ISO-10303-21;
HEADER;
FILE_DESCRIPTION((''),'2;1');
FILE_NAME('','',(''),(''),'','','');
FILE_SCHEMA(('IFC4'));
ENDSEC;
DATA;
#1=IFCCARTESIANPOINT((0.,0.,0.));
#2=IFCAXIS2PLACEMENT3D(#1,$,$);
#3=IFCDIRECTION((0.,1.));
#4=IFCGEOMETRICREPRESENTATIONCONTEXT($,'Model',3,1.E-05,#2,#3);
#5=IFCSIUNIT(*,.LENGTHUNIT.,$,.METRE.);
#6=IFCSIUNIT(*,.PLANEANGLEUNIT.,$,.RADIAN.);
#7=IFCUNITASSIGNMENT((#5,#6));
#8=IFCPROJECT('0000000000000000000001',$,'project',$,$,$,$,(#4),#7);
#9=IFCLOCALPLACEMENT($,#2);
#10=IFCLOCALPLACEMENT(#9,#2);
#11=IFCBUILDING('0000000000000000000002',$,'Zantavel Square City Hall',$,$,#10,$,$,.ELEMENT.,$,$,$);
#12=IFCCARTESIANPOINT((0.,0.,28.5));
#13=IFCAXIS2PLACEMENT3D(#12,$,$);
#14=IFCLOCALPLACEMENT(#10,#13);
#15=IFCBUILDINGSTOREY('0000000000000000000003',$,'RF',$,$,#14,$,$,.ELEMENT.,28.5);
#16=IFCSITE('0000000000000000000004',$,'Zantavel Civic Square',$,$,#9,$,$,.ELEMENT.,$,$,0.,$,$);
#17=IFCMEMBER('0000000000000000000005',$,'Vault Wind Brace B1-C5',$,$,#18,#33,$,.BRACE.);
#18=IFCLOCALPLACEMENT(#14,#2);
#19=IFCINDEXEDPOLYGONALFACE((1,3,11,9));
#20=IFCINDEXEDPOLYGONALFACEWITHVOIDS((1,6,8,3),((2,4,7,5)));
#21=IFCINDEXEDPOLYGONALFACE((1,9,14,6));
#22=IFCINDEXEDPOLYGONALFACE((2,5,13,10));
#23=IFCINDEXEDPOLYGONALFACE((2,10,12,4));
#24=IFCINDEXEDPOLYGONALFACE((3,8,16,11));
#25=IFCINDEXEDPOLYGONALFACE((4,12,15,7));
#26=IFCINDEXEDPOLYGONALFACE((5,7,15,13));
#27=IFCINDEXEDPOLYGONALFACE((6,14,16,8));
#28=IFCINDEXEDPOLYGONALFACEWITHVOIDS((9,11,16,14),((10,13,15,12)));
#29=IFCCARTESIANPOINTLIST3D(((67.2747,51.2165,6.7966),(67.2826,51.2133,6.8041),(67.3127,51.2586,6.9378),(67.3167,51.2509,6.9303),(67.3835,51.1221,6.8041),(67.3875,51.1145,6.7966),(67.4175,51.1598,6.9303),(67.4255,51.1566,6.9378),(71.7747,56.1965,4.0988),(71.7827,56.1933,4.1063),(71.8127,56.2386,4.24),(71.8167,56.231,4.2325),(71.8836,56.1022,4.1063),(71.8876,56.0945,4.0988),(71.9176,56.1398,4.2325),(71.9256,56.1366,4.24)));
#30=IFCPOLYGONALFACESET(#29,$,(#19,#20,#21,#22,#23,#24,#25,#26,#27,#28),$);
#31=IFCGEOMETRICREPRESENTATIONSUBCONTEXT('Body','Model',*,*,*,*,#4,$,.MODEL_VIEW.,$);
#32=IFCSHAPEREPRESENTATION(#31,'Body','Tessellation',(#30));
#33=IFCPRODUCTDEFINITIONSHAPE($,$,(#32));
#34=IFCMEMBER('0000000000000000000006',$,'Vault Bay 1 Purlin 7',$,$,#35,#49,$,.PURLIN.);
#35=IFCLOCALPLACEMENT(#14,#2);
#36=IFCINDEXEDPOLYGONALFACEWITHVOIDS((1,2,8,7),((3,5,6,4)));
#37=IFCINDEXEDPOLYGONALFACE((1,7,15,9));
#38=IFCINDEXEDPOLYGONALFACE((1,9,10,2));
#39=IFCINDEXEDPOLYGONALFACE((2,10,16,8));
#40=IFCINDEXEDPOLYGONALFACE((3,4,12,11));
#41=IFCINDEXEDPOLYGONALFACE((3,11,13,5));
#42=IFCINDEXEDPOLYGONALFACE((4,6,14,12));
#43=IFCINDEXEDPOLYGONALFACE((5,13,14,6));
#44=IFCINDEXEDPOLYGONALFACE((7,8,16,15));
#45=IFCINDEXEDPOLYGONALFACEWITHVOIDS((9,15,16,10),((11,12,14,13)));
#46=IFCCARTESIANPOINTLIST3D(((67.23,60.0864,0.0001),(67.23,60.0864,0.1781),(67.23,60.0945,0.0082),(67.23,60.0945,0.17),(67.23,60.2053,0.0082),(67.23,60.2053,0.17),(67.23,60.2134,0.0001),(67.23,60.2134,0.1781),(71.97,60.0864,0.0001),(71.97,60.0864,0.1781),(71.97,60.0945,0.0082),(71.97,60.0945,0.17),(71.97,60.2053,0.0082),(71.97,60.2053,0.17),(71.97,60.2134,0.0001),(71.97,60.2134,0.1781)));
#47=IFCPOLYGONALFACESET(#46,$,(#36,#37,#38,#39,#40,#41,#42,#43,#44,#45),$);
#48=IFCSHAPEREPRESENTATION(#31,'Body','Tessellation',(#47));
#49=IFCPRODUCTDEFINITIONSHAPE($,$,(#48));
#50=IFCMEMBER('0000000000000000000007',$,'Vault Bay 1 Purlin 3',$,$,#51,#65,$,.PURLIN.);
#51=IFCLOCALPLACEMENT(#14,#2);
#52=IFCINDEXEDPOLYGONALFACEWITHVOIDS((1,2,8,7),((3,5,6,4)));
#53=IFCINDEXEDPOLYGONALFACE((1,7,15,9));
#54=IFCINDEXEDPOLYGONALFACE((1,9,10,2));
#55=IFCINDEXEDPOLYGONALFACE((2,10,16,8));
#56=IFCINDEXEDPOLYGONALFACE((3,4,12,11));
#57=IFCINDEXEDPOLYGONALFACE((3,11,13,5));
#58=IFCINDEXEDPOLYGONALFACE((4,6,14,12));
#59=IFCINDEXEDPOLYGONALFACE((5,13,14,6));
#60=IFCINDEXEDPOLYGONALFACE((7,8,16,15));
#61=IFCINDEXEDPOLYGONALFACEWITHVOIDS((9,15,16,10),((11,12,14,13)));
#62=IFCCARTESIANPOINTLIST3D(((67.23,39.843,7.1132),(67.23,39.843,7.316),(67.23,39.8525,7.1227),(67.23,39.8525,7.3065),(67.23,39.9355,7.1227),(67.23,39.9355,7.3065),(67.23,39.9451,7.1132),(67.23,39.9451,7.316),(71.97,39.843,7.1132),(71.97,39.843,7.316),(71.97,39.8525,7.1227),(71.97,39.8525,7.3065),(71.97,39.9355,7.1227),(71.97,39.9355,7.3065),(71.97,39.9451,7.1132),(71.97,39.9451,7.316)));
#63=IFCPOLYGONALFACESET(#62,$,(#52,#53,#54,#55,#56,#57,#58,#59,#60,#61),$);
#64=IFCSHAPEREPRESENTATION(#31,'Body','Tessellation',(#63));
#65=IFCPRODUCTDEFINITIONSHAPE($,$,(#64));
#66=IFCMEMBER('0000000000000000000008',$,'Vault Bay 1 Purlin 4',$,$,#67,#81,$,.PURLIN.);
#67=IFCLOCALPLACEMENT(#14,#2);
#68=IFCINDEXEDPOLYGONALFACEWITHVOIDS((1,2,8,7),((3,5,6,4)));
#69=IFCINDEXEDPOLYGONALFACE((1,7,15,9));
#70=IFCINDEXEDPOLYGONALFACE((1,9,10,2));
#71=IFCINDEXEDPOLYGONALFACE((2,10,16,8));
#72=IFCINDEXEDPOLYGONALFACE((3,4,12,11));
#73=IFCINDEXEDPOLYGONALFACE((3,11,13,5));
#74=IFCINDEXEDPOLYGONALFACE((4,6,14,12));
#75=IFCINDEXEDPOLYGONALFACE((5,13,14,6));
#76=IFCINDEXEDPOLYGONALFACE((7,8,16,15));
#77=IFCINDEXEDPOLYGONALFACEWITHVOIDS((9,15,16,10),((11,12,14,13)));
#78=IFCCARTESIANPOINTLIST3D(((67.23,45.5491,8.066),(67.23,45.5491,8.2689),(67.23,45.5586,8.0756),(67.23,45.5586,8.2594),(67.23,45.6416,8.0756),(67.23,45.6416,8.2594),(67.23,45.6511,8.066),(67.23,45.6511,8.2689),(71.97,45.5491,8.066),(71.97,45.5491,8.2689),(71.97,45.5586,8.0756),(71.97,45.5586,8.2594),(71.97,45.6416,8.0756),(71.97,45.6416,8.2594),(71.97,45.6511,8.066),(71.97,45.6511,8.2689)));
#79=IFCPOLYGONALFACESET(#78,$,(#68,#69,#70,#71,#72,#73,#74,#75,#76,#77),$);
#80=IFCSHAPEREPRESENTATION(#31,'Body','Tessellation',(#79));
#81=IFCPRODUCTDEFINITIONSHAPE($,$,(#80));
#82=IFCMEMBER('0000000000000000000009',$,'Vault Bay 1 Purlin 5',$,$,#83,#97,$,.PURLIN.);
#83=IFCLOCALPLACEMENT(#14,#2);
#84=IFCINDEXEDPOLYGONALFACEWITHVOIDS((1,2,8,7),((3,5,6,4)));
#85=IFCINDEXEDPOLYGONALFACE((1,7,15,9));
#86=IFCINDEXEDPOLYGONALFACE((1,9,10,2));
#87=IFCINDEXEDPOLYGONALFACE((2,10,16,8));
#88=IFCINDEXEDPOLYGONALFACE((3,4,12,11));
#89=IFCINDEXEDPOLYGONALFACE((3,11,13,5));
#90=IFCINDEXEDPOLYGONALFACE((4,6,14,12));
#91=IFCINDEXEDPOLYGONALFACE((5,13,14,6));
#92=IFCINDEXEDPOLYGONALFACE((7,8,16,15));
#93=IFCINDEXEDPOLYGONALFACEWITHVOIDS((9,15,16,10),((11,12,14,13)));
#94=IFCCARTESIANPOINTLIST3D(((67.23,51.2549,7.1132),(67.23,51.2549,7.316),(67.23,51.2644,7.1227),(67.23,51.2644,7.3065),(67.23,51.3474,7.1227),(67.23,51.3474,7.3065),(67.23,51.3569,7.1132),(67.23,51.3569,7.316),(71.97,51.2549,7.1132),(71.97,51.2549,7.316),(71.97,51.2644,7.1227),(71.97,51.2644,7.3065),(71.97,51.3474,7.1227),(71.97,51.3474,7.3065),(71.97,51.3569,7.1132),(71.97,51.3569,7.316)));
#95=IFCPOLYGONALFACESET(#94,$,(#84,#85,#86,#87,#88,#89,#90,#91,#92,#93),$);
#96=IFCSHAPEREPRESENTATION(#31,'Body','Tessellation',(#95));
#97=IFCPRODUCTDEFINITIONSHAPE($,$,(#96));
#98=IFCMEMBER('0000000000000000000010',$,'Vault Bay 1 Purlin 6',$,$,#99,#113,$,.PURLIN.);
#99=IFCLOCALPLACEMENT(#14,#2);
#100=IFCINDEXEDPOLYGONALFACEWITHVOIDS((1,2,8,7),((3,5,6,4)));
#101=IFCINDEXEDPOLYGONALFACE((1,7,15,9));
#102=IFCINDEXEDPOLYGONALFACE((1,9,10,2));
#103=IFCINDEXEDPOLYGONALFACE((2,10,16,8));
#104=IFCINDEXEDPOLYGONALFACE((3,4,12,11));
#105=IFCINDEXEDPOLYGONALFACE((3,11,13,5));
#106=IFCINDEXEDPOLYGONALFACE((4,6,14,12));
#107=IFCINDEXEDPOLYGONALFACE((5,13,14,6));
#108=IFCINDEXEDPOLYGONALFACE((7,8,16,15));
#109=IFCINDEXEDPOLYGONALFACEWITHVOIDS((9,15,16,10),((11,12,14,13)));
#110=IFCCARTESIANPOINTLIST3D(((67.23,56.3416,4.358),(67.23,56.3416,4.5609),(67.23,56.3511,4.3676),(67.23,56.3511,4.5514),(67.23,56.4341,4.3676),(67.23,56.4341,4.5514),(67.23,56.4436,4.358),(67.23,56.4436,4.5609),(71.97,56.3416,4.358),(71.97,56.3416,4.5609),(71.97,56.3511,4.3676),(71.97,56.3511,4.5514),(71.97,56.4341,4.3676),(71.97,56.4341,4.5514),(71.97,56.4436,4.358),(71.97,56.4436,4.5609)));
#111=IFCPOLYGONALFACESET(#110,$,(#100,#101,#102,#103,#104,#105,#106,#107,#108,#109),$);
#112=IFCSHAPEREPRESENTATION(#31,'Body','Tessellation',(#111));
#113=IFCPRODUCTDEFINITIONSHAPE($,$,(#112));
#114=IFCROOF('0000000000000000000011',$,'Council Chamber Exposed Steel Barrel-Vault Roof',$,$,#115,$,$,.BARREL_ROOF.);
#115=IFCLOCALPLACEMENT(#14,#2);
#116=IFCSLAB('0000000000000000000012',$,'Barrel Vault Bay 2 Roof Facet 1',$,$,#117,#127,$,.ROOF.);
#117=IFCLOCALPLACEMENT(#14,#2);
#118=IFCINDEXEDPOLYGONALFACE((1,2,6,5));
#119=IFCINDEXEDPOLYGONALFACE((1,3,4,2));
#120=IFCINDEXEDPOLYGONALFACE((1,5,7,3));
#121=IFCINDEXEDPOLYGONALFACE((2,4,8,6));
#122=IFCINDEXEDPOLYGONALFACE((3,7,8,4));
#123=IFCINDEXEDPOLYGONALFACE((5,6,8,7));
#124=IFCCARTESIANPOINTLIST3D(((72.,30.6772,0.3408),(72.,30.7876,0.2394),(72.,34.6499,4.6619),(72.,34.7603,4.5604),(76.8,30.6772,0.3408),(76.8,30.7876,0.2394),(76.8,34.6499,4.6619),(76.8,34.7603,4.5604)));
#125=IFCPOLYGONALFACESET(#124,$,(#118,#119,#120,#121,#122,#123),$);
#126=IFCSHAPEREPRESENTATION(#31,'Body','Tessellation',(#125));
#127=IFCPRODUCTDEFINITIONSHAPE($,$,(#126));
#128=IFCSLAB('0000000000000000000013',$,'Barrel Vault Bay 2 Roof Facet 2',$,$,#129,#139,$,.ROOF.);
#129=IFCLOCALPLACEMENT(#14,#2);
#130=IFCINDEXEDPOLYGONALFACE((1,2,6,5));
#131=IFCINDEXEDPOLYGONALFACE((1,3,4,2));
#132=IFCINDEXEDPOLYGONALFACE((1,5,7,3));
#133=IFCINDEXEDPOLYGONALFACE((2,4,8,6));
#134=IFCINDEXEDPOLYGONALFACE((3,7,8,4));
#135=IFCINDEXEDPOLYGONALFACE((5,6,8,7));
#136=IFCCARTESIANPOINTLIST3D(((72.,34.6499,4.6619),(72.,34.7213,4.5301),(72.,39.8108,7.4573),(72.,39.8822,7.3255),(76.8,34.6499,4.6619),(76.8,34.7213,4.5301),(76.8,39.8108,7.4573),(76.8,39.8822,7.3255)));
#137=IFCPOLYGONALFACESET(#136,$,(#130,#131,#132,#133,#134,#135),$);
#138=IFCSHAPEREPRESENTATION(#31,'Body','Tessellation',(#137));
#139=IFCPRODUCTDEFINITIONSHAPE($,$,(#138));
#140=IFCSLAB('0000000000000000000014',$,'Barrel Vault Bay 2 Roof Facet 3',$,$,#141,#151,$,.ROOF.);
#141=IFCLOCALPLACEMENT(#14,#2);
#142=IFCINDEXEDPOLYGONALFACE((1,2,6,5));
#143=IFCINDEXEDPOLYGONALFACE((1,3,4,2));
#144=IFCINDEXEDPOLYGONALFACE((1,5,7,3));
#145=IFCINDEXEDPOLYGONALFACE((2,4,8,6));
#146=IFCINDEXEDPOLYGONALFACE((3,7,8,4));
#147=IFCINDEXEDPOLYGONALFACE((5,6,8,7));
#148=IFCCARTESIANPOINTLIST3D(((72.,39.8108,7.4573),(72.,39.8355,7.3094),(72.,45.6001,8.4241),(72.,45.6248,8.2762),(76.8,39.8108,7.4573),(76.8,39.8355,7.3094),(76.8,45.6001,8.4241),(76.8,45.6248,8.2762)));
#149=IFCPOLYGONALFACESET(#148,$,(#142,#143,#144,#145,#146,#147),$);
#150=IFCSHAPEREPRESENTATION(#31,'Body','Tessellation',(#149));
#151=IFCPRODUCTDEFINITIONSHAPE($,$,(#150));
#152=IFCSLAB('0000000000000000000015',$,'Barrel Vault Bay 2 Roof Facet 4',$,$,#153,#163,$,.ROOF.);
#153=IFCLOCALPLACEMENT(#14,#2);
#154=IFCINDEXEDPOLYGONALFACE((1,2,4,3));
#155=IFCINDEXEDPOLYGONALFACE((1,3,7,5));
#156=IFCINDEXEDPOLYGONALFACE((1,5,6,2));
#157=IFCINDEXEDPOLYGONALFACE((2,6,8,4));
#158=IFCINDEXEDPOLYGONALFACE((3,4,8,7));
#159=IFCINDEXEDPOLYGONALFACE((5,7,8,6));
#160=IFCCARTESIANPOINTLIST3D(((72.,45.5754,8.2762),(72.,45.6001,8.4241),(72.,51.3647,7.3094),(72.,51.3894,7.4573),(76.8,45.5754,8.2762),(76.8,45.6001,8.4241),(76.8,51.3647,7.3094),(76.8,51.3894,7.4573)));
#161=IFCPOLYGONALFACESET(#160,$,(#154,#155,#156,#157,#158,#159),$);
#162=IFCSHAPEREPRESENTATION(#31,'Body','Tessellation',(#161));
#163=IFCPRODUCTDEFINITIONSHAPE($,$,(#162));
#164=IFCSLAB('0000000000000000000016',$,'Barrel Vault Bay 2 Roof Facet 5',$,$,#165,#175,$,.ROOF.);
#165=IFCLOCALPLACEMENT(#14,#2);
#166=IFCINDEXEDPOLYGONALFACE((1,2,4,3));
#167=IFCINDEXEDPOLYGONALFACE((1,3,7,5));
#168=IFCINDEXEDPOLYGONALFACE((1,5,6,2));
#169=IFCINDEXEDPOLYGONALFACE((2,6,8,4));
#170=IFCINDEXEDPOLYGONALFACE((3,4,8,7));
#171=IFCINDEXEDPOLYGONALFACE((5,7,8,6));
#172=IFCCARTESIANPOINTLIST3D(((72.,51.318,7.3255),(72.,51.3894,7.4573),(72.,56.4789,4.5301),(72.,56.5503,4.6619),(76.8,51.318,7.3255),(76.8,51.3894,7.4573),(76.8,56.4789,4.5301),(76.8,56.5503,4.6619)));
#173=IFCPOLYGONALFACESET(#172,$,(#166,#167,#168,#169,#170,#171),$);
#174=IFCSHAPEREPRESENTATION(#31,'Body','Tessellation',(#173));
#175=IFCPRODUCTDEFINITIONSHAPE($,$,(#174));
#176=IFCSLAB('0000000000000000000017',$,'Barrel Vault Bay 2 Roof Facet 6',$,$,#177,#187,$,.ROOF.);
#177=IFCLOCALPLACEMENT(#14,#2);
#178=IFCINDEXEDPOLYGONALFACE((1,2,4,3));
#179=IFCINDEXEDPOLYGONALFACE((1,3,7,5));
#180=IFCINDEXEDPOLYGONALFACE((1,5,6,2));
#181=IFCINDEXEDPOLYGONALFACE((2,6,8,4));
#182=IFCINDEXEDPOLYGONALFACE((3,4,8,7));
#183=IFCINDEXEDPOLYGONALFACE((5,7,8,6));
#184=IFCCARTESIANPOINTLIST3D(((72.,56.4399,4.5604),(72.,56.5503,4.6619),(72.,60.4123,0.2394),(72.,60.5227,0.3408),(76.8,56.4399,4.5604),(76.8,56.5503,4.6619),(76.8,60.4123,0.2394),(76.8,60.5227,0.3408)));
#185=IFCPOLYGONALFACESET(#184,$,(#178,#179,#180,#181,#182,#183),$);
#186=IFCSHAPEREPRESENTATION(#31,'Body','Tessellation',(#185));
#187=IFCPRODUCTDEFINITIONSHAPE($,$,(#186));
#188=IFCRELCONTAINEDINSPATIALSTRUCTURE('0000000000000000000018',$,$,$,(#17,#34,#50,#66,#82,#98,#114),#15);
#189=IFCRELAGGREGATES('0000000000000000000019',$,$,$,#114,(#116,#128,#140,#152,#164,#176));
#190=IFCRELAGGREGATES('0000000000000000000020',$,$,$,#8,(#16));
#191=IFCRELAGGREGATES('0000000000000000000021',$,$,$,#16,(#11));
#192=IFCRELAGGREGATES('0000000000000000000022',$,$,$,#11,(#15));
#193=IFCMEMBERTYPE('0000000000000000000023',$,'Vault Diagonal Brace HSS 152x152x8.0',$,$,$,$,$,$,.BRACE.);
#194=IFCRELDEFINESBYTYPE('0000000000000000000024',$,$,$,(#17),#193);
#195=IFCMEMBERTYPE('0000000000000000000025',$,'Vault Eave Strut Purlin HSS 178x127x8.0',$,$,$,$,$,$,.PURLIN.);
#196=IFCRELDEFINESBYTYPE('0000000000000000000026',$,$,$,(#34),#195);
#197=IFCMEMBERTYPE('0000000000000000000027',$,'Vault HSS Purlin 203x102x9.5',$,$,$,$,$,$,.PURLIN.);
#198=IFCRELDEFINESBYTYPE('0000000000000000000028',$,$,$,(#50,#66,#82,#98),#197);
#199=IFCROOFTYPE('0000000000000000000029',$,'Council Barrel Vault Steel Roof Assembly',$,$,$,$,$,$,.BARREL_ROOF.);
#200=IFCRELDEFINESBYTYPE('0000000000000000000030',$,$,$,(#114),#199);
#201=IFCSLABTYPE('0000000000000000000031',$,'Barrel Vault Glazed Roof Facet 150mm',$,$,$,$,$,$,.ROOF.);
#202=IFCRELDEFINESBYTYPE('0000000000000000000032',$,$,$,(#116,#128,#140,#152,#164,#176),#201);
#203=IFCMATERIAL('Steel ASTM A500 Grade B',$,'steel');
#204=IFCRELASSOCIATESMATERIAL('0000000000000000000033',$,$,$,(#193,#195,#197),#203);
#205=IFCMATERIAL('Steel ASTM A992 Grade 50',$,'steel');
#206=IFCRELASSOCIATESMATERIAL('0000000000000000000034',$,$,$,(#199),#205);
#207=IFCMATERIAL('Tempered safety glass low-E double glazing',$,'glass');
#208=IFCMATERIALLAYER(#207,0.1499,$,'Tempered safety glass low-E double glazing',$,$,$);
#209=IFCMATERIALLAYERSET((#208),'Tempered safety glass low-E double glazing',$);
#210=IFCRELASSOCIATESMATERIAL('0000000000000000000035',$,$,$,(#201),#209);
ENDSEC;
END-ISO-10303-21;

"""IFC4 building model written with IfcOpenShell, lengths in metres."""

from ifc_helpers import new_model, si_unit, direction, frame, origin, origin_2d, place, context, subcontext, project, spatial, polyline, hollow_rectangle, outline, extrude, material, layer, layer_set, material_profile, profile_set, type_object, element, aggregate, save


model = new_model("IFC4")

# Units and contexts
model_context = context("Model", 3, precision=1e-05, world=origin(), true_north=direction((0.0, 1.0)))
body_context = subcontext(model_context, "Body", "Model", "MODEL_VIEW")
ifc_project = project(units=[si_unit("LENGTHUNIT", "METRE"), si_unit("PLANEANGLEUNIT", "RADIAN")], contexts=[model_context])

# Site, building, storey
site_placement = place(None, origin())
site = spatial("IfcSite", under=ifc_project, at=site_placement, Name="Zantavel Civic Square", CompositionType="ELEMENT", RefElevation=0.0)
building_placement = place(site_placement, origin())
building = spatial("IfcBuilding", under=site, at=building_placement, Name="Zantavel Square City Hall", CompositionType="ELEMENT")
storey_placement = place(building_placement, frame((0.0, 0.0, 28.5)))
storey = spatial("IfcBuildingStorey", under=building, at=storey_placement, Name="RF", CompositionType="ELEMENT", Elevation=28.5)

# Shared definitions
ifc_material_1 = material(Name="Steel ASTM A992 Grade 50", Category="steel")

# Members
ifc_material_2 = material(Name="Steel ASTM A500 Grade B", Category="steel")
ifc_material_profile_1 = material_profile(ifc_material_2, hollow_rectangle(XDim=0.1521, YDim=0.1521, WallThickness=0.0081, at=origin_2d()), Name="HSS 152x152x8.0")
ifc_profile_set_1 = profile_set([ifc_material_profile_1], Name="Steel ASTM A500 Grade B")
member_type_1 = type_object("IfcMemberType", Name="Vault Diagonal Brace HSS 152x152x8.0", PredefinedType="BRACE", material=ifc_profile_set_1)
for number, where, z_axis, x_axis, name in (
    (1, (67.3501, 51.1865, 6.8672), (0.622078, 0.688431, -0.372937), (-0.741958, 0.670446, 0.0), "Vault Wind Brace B1-C5"),
):
    element("IfcMember", number, at=place(storey_placement, frame(where, z_axis=z_axis, x_axis=x_axis)), inside=storey, type_object=member_type_1, Name=name, PredefinedType="BRACE", context=body_context, shape_type="SweptSolid", body=[
        extrude(hollow_rectangle(XDim=0.1521, YDim=0.1521, WallThickness=0.0081, at=origin_2d()), origin(), (0.0, 0.0, 1.0), 7.2339),
    ])
ifc_material_profile_2 = material_profile(ifc_material_2, hollow_rectangle(XDim=0.127, YDim=0.178, WallThickness=0.0081, at=origin_2d()), Name="HSS 178x127x8.0")
ifc_profile_set_2 = profile_set([ifc_material_profile_2], Name="Steel ASTM A500 Grade B")
member_type_2 = type_object("IfcMemberType", Name="Vault Eave Strut Purlin HSS 178x127x8.0", PredefinedType="PURLIN", material=ifc_profile_set_2)
member_1_placement = place(storey_placement, frame((67.23, 60.1499, 0.0891), z_axis=(1.0, 0.0, 0.0), x_axis=(0.0, 1.0, 0.0)))
element("IfcMember", 2, at=member_1_placement, inside=storey, type_object=member_type_2, Name="Vault Bay 1 Purlin 7", PredefinedType="PURLIN", context=body_context, shape_type="SweptSolid", body=[
    extrude(hollow_rectangle(XDim=0.127, YDim=0.178, WallThickness=0.0081, at=origin_2d()), origin(), (0.0, 0.0, 1.0), 4.74),
])
ifc_material_profile_3 = material_profile(ifc_material_2, hollow_rectangle(XDim=0.1021, YDim=0.2029, WallThickness=0.0095, at=origin_2d()), Name="HSS 203x102x9.5")
ifc_profile_set_3 = profile_set([ifc_material_profile_3], Name="Steel ASTM A500 Grade B")
member_type_3 = type_object("IfcMemberType", Name="Vault HSS Purlin 203x102x9.5", PredefinedType="PURLIN", material=ifc_profile_set_3)
for number, where, z_axis, x_axis, name in (
    (3, (67.23, 39.894, 7.2146), (1.0, 0.0, 0.0), (0.0, 1.0, 0.0), "Vault Bay 1 Purlin 3"),
    (4, (67.23, 45.6001, 8.1675), (1.0, 0.0, 0.0), (0.0, 1.0, 0.0), "Vault Bay 1 Purlin 4"),
    (5, (67.23, 51.3059, 7.2146), (1.0, 0.0, 0.0), (0.0, 1.0, 0.0), "Vault Bay 1 Purlin 5"),
    (6, (67.23, 56.3926, 4.4595), (1.0, 0.0, 0.0), (0.0, 1.0, 0.0), "Vault Bay 1 Purlin 6"),
):
    element("IfcMember", number, at=place(storey_placement, frame(where, z_axis=z_axis, x_axis=x_axis)), inside=storey, type_object=member_type_3, Name=name, PredefinedType="PURLIN", context=body_context, shape_type="SweptSolid", body=[
        extrude(hollow_rectangle(XDim=0.1021, YDim=0.2029, WallThickness=0.0095, at=origin_2d()), origin(), (0.0, 0.0, 1.0), 4.74),
    ])

# Roof, slabs
roof_type = type_object("IfcRoofType", Name="Council Barrel Vault Steel Roof Assembly", PredefinedType="BARREL_ROOF", material=ifc_material_1)
roof_placement = place(storey_placement, origin())
roof = element("IfcRoof", 7, at=roof_placement, inside=storey, type_object=roof_type, Name="Council Chamber Exposed Steel Barrel-Vault Roof", PredefinedType="BARREL_ROOF")
ifc_material_3 = material(Name="Tempered safety glass low-E double glazing", Category="glass")
ifc_layer_1 = layer(ifc_material_3, 0.1499, Name="Tempered safety glass low-E double glazing")
ifc_layer_set_1 = layer_set([ifc_layer_1], Name="Tempered safety glass low-E double glazing")
slab_type = type_object("IfcSlabType", Name="Barrel Vault Glazed Roof Facet 150mm", PredefinedType="ROOF", material=ifc_layer_set_1)
slab_1_placement = place(storey_placement, frame((72.0, 30.6772, 0.3408), z_axis=(0.0, -0.736161, 0.676807), x_axis=(1.0, 0.0, 0.0)))
slab_1 = element("IfcSlab", 8, at=slab_1_placement, type_object=slab_type, Name="Barrel Vault Bay 2 Roof Facet 1", PredefinedType="ROOF", context=body_context, shape_type="SweptSolid", body=[
    extrude(outline(polyline([(0.0, 0.0), (4.8, 0.0), (4.8, 5.8697), (0.0, 5.8697), (0.0, 0.0)])), origin(), (0.0, 0.0, -1.0), 0.1499),
])
slab_2_placement = place(storey_placement, frame((72.0, 34.6499, 4.6619), z_axis=(0.0, -0.476274, 0.879297), x_axis=(1.0, 0.0, 0.0)))
slab_2 = element("IfcSlab", 9, at=slab_2_placement, type_object=slab_type, Name="Barrel Vault Bay 2 Roof Facet 2", PredefinedType="ROOF", context=body_context, shape_type="SweptSolid", body=[
    extrude(outline(polyline([(0.0, 0.0), (4.8, 0.0), (4.8, 5.8693), (0.0, 5.8693), (0.0, 0.0)])), origin(), (0.0, 0.0, -1.0), 0.1499),
])
slab_3_placement = place(storey_placement, frame((72.0, 39.8108, 7.4573), z_axis=(0.0, -0.164716, 0.986341), x_axis=(1.0, 0.0, 0.0)))
slab_3 = element("IfcSlab", 10, at=slab_3_placement, type_object=slab_type, Name="Barrel Vault Bay 2 Roof Facet 3", PredefinedType="ROOF", context=body_context, shape_type="SweptSolid", body=[
    extrude(outline(polyline([(0.0, 0.0), (4.8, 0.0), (4.8, 5.8695), (0.0, 5.8695), (0.0, 0.0)])), origin(), (0.0, 0.0, -1.0), 0.1499),
])
slab_4_placement = place(storey_placement, frame((72.0, 45.6001, 8.4241), z_axis=(0.0, 0.164716, 0.986341), x_axis=(1.0, 0.0, 0.0)))
slab_4 = element("IfcSlab", 11, at=slab_4_placement, type_object=slab_type, Name="Barrel Vault Bay 2 Roof Facet 4", PredefinedType="ROOF", context=body_context, shape_type="SweptSolid", body=[
    extrude(outline(polyline([(0.0, 0.0), (4.8, 0.0), (4.8, 5.8695), (0.0, 5.8695), (0.0, 0.0)])), origin(), (0.0, 0.0, -1.0), 0.1499),
])
slab_5_placement = place(storey_placement, frame((72.0, 51.3894, 7.4573), z_axis=(0.0, 0.476274, 0.879297), x_axis=(1.0, 0.0, 0.0)))
slab_5 = element("IfcSlab", 12, at=slab_5_placement, type_object=slab_type, Name="Barrel Vault Bay 2 Roof Facet 5", PredefinedType="ROOF", context=body_context, shape_type="SweptSolid", body=[
    extrude(outline(polyline([(0.0, 0.0), (4.8, 0.0), (4.8, 5.8693), (0.0, 5.8693), (0.0, 0.0)])), origin(), (0.0, 0.0, -1.0), 0.1499),
])
slab_6_placement = place(storey_placement, frame((72.0, 56.5503, 4.6619), z_axis=(0.0, 0.736181, 0.676784), x_axis=(1.0, 0.0, 0.0)))
slab_6 = element("IfcSlab", 13, at=slab_6_placement, type_object=slab_type, Name="Barrel Vault Bay 2 Roof Facet 6", PredefinedType="ROOF", context=body_context, shape_type="SweptSolid", body=[
    extrude(outline(polyline([(0.0, 0.0), (4.8, 0.0), (4.8, 5.8695), (0.0, 5.8695), (0.0, 0.0)])), origin(), (0.0, 0.0, -1.0), 0.1499),
])
aggregate(roof, [slab_1, slab_2, slab_3, slab_4, slab_5, slab_6])

save(model, "model.ifc")
